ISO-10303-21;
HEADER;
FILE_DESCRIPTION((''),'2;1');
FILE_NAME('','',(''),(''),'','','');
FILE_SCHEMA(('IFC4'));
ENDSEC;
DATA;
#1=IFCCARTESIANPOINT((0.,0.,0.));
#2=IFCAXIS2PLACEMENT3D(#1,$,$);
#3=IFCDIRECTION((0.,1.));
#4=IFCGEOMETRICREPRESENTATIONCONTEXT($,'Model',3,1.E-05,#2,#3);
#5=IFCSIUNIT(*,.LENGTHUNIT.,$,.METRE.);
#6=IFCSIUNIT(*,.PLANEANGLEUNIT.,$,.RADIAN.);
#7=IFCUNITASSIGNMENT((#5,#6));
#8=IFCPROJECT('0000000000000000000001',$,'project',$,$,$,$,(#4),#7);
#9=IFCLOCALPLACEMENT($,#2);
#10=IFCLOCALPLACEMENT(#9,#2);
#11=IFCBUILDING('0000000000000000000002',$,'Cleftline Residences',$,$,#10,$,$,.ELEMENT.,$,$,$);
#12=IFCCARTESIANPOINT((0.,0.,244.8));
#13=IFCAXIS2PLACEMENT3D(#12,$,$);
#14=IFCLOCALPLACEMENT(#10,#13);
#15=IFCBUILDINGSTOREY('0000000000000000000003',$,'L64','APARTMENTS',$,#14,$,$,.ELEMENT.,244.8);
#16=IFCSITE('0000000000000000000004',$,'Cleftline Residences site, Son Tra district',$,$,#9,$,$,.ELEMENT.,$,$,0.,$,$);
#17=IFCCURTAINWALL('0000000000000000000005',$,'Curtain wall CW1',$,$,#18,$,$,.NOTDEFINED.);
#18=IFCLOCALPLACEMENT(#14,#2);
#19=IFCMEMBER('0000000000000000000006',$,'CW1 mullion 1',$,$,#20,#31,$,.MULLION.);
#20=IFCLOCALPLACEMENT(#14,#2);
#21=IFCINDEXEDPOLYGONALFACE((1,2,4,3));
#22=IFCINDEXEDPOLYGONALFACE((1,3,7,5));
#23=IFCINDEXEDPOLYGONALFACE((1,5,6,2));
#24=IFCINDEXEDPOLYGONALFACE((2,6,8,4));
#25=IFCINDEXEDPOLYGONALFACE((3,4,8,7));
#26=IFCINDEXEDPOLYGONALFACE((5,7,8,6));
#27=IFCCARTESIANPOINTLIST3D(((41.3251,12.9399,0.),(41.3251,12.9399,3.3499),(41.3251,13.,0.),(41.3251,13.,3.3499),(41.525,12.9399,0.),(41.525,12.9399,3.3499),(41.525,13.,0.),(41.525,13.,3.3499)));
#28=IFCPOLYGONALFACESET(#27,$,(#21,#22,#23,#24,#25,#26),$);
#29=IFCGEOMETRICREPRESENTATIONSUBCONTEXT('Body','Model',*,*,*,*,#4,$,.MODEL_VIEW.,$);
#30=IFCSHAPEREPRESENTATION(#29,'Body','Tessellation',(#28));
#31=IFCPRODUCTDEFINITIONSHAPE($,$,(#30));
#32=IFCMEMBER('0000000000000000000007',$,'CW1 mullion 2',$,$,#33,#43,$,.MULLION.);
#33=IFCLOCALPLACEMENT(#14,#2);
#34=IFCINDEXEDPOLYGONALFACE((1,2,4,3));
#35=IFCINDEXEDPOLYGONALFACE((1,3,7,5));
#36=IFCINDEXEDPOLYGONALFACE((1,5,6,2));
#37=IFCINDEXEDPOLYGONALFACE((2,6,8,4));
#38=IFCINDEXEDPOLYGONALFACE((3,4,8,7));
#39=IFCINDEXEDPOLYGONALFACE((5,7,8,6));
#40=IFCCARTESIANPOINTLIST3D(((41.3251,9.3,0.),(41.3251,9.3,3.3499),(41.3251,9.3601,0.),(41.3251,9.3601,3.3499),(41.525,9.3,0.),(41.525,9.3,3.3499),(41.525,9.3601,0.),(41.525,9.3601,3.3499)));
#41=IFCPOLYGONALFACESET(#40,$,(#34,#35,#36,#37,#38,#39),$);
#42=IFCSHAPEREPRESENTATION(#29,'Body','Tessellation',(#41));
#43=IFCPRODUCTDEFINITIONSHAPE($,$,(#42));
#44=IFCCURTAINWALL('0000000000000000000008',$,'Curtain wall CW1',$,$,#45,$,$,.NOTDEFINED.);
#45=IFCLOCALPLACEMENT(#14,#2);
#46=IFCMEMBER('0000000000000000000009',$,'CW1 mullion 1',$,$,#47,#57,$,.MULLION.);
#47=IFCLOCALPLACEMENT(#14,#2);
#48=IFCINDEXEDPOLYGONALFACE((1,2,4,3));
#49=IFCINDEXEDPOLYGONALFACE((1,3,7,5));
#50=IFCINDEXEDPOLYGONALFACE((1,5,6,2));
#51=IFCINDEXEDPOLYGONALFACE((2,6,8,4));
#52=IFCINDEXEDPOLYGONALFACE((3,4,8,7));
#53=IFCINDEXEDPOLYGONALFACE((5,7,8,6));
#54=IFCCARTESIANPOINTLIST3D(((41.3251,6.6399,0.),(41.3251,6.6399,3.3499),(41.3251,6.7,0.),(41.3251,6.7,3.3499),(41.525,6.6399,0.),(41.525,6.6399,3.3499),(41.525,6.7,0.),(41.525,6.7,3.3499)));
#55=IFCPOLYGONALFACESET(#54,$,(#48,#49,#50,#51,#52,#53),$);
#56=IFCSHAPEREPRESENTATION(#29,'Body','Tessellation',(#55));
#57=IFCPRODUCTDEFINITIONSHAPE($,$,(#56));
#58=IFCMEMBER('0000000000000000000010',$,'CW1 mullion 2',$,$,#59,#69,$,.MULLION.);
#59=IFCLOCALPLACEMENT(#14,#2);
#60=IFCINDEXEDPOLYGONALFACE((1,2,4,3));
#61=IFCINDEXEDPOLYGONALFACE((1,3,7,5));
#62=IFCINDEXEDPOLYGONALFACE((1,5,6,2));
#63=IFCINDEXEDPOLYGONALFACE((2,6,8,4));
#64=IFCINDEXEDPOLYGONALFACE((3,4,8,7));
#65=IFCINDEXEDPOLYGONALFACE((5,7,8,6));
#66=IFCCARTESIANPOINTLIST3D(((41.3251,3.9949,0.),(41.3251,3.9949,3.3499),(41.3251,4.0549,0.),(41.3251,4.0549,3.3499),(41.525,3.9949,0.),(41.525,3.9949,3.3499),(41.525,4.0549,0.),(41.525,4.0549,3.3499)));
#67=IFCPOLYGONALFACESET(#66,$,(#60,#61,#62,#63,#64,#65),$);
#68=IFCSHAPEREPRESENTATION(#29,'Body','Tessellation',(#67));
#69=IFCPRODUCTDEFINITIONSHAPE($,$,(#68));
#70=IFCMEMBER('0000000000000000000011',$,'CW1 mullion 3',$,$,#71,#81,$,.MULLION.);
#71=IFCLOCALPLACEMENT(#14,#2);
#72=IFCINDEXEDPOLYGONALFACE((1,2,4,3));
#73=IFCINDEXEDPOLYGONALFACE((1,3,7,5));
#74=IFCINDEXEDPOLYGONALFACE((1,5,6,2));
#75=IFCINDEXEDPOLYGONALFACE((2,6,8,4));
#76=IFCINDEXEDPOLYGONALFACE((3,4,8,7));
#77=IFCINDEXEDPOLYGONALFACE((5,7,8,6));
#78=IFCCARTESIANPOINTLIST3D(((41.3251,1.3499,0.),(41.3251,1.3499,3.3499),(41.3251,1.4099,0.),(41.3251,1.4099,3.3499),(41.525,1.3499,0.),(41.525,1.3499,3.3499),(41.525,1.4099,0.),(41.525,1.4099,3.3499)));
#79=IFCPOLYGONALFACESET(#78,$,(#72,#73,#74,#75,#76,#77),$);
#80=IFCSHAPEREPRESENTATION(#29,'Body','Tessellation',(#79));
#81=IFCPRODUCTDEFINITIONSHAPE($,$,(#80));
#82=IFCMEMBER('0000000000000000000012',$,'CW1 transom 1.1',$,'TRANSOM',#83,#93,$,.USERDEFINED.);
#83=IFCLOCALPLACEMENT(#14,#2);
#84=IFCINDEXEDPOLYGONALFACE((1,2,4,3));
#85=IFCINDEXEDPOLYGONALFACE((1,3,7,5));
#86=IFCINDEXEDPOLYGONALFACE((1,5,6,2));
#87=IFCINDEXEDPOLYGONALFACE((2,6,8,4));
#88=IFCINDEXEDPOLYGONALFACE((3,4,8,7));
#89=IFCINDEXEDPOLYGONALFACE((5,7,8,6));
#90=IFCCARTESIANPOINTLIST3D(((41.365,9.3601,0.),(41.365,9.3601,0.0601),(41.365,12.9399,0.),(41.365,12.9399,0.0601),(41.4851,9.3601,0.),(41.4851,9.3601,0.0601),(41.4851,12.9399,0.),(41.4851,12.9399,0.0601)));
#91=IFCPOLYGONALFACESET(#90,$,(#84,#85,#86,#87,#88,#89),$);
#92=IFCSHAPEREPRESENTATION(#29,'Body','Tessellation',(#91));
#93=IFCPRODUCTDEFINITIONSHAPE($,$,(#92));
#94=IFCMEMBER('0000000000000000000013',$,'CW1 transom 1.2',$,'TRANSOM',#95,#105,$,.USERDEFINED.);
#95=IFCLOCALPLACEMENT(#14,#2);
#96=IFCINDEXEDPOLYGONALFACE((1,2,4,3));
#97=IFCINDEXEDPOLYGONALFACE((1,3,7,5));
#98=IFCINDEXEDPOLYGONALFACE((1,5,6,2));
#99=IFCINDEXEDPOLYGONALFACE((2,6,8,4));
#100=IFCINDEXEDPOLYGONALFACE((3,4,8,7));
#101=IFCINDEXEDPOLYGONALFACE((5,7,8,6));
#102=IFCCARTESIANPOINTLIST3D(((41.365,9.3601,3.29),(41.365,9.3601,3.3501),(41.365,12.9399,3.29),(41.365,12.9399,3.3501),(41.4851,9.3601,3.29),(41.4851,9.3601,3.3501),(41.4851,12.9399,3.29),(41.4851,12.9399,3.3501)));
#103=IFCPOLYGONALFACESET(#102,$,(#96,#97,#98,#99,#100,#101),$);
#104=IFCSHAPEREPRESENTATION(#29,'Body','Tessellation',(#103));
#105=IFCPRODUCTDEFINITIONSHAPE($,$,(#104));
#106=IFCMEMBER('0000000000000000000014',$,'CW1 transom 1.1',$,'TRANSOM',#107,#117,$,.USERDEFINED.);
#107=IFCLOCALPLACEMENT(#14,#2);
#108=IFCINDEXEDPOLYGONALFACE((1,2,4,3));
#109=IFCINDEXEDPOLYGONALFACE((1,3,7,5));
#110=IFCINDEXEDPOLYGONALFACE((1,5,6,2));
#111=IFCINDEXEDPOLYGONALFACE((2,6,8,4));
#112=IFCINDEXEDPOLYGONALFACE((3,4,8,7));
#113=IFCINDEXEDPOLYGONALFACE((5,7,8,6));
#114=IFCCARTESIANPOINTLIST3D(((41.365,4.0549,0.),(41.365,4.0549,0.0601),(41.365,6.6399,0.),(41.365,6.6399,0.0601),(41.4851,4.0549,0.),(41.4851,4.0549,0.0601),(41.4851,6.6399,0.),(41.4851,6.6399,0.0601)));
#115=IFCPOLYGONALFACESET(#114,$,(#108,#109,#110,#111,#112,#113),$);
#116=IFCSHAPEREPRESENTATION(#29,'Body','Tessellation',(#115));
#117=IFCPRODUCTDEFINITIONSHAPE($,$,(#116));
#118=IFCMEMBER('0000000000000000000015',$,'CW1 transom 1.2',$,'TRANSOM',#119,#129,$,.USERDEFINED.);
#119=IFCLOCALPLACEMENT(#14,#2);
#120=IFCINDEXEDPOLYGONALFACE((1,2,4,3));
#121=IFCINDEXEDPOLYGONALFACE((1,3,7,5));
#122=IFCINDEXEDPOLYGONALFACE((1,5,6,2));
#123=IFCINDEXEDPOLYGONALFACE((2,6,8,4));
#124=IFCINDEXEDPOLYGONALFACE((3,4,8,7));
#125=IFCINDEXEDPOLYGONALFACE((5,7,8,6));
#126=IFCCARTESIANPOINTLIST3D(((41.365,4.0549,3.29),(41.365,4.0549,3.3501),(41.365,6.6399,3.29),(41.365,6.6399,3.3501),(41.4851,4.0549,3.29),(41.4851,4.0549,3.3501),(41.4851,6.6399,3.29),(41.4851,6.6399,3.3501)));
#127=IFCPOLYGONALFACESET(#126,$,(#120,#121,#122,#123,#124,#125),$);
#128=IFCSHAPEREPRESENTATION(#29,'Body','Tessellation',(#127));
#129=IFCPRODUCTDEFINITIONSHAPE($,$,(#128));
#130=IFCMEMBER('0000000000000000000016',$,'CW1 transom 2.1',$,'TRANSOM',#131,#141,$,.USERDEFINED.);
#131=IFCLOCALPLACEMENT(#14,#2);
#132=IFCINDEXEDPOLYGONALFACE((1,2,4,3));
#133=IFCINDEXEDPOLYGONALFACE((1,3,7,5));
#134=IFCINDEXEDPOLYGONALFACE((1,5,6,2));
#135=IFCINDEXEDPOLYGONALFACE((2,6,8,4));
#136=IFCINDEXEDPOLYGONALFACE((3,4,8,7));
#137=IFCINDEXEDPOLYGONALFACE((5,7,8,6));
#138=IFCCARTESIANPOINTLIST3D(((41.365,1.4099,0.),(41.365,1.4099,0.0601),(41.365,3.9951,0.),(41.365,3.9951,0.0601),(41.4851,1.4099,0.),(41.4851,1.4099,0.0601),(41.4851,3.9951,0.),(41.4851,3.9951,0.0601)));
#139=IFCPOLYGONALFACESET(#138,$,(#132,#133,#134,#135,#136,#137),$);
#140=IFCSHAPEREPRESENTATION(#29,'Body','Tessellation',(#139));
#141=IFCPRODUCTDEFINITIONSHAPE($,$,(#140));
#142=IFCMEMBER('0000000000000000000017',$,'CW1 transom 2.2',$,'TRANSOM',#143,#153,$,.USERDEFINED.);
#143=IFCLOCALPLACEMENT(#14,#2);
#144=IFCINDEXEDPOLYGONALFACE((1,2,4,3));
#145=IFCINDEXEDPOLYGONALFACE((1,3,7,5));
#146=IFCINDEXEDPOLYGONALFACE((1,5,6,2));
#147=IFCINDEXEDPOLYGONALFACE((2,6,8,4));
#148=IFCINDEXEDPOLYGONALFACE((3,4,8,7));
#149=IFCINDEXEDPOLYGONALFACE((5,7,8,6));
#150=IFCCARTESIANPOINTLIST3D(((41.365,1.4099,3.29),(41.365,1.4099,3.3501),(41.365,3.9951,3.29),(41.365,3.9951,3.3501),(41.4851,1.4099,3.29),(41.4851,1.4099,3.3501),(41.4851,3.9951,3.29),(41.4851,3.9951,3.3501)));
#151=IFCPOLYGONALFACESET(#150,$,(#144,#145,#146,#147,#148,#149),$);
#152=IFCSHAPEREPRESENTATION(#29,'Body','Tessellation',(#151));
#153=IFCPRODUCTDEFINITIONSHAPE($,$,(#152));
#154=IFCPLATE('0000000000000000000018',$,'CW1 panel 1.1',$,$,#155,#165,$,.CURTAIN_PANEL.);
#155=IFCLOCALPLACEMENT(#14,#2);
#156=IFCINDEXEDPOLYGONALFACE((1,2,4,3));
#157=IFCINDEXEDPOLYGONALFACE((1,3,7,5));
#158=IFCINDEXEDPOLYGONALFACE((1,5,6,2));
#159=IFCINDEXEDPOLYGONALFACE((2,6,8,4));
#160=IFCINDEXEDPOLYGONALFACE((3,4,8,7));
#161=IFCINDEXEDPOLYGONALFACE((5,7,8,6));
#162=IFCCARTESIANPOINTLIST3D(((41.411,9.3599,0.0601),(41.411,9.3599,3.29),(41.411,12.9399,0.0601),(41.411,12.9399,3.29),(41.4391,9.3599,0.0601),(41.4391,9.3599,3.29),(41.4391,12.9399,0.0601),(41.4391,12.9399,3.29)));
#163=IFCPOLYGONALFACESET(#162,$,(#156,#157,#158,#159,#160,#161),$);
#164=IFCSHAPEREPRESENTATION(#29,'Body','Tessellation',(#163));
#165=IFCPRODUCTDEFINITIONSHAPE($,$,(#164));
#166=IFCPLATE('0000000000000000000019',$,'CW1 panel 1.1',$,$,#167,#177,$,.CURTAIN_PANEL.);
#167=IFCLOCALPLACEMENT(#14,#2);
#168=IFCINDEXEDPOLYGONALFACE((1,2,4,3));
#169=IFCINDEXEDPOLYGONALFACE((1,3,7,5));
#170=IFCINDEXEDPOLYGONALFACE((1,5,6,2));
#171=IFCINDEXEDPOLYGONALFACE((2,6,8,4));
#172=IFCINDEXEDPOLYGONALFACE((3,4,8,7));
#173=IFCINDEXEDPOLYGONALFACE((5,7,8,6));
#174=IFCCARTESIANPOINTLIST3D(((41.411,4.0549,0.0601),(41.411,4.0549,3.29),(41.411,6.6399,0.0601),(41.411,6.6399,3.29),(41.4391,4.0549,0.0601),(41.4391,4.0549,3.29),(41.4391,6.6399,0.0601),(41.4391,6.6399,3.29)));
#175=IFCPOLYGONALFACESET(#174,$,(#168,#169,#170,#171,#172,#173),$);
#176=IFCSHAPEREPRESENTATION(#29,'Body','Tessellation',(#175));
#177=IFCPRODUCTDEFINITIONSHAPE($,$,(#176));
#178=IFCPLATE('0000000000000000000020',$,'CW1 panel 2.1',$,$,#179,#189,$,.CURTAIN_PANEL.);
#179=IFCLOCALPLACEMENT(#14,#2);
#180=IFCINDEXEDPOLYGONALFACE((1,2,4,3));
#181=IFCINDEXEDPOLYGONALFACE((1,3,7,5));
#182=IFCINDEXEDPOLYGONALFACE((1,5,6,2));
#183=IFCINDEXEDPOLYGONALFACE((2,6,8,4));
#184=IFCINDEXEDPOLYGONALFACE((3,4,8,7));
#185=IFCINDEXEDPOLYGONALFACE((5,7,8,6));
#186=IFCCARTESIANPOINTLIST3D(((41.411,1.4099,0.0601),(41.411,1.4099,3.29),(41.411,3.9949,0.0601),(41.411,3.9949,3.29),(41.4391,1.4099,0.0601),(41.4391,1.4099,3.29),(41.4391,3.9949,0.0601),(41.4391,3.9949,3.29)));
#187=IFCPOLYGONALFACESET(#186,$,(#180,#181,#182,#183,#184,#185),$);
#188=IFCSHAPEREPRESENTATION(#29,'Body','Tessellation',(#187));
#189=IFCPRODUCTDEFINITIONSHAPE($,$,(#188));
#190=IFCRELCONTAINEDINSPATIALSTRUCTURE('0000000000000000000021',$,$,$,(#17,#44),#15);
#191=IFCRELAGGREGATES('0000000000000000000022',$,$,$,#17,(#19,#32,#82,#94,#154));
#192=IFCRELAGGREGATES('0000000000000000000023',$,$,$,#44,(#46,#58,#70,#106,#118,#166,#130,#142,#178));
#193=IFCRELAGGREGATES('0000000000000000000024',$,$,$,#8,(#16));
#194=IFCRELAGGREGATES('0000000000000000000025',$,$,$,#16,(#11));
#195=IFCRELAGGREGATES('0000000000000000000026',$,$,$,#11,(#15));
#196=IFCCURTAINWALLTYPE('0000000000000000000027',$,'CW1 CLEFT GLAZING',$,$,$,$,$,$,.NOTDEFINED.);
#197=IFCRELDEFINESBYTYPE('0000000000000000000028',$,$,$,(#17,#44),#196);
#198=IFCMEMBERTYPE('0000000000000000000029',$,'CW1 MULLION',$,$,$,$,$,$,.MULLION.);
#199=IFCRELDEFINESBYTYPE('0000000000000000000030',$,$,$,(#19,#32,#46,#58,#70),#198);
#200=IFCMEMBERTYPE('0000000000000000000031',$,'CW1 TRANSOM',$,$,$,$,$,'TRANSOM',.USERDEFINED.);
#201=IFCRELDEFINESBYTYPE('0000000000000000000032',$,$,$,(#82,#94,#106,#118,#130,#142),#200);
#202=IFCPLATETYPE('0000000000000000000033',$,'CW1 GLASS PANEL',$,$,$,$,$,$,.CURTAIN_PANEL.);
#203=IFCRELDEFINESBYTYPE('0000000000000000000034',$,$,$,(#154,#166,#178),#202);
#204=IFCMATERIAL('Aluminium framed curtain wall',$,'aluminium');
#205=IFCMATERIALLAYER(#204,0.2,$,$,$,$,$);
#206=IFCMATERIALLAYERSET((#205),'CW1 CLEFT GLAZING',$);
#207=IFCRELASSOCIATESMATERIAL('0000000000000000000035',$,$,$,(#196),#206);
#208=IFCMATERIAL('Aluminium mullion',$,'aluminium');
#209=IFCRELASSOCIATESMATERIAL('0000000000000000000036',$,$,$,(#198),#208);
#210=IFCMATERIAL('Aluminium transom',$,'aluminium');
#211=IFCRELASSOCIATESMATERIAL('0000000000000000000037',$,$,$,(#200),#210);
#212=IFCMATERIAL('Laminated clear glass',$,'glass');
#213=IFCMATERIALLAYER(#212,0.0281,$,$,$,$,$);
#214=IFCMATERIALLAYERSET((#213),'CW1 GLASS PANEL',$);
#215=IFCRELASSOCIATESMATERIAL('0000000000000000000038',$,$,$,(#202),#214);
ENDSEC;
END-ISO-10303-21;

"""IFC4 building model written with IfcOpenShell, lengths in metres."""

from ifc_helpers import new_model, si_unit, direction, frame, origin, origin_2d, place, context, subcontext, project, spatial, rectangle, extrude, material, layer, layer_set, material_profile, profile_set, type_object, element, aggregate, save


model = new_model("IFC4")

# Units and contexts
model_context = context("Model", 3, precision=1e-05, world=origin(), true_north=direction((0.0, 1.0)))
body_context = subcontext(model_context, "Body", "Model", "MODEL_VIEW")
ifc_project = project(units=[si_unit("LENGTHUNIT", "METRE"), si_unit("PLANEANGLEUNIT", "RADIAN")], contexts=[model_context])

# Site, building, storey
site_placement = place(None, origin())
site = spatial("IfcSite", under=ifc_project, at=site_placement, Name="Cleftline Residences site, Son Tra district", CompositionType="ELEMENT", RefElevation=0.0)
building_placement = place(site_placement, origin())
building = spatial("IfcBuilding", under=site, at=building_placement, Name="Cleftline Residences", CompositionType="ELEMENT")
storey_placement = place(building_placement, frame((0.0, 0.0, 244.8)))
storey = spatial("IfcBuildingStorey", under=building, at=storey_placement, Name="L64", Description="APARTMENTS", CompositionType="ELEMENT", Elevation=244.8)

# Curtain walls, members
ifc_material_1 = material(Name="Aluminium framed curtain wall", Category="aluminium")
ifc_layer_1 = layer(ifc_material_1, 0.2)
ifc_layer_set_1 = layer_set([ifc_layer_1], Name="CW1 CLEFT GLAZING")
curtain_wall_type = type_object("IfcCurtainWallType", Name="CW1 CLEFT GLAZING", PredefinedType="NOTDEFINED", material=ifc_layer_set_1)
curtain_wall_1_placement = place(storey_placement, origin())
curtain_wall_1 = element("IfcCurtainWall", 1, at=curtain_wall_1_placement, inside=storey, type_object=curtain_wall_type, Name="Curtain wall CW1", PredefinedType="NOTDEFINED")
ifc_material_2 = material(Name="Aluminium mullion", Category="aluminium")
ifc_material_profile_1 = material_profile(ifc_material_2, rectangle(XDim=0.2, YDim=0.0601, at=origin_2d()))
ifc_profile_set_1 = profile_set([ifc_material_profile_1], Name="Aluminium mullion")
member_type_1 = type_object("IfcMemberType", Name="CW1 MULLION", PredefinedType="MULLION", material=ifc_profile_set_1)
member_1_placement = place(storey_placement, frame((41.425, 12.97, 0.0), z_axis=(0.0, 0.0, 1.0), x_axis=(1.0, 0.0, 0.0)))
member_1 = element("IfcMember", 2, at=member_1_placement, type_object=member_type_1, Name="CW1 mullion 1", PredefinedType="MULLION", context=body_context, shape_type="SweptSolid", body=[
    extrude(rectangle(XDim=0.2, YDim=0.0601, at=origin_2d()), origin(), (0.0, 0.0, 1.0), 3.3499),
])
member_2_placement = place(storey_placement, frame((41.425, 9.3301, 0.0), z_axis=(0.0, 0.0, 1.0), x_axis=(1.0, 0.0, 0.0)))
member_2 = element("IfcMember", 3, at=member_2_placement, type_object=member_type_1, Name="CW1 mullion 2", PredefinedType="MULLION", context=body_context, shape_type="SweptSolid", body=[
    extrude(rectangle(XDim=0.2, YDim=0.0601, at=origin_2d()), origin(), (0.0, 0.0, 1.0), 3.3499),
])
curtain_wall_2_placement = place(storey_placement, origin())
curtain_wall_2 = element("IfcCurtainWall", 4, at=curtain_wall_2_placement, inside=storey, type_object=curtain_wall_type, Name="Curtain wall CW1", PredefinedType="NOTDEFINED")
member_3_placement = place(storey_placement, frame((41.425, 6.6699, 0.0), z_axis=(0.0, 0.0, 1.0), x_axis=(1.0, 0.0, 0.0)))
member_3 = element("IfcMember", 5, at=member_3_placement, type_object=member_type_1, Name="CW1 mullion 1", PredefinedType="MULLION", context=body_context, shape_type="SweptSolid", body=[
    extrude(rectangle(XDim=0.2, YDim=0.0601, at=origin_2d()), origin(), (0.0, 0.0, 1.0), 3.3499),
])
member_4_placement = place(storey_placement, frame((41.425, 4.0249, 0.0), z_axis=(0.0, 0.0, 1.0), x_axis=(1.0, 0.0, 0.0)))
member_4 = element("IfcMember", 6, at=member_4_placement, type_object=member_type_1, Name="CW1 mullion 2", PredefinedType="MULLION", context=body_context, shape_type="SweptSolid", body=[
    extrude(rectangle(XDim=0.2, YDim=0.0601, at=origin_2d()), origin(), (0.0, 0.0, 1.0), 3.3499),
])
member_5_placement = place(storey_placement, frame((41.425, 1.3799, 0.0), z_axis=(0.0, 0.0, 1.0), x_axis=(1.0, 0.0, 0.0)))
member_5 = element("IfcMember", 7, at=member_5_placement, type_object=member_type_1, Name="CW1 mullion 3", PredefinedType="MULLION", context=body_context, shape_type="SweptSolid", body=[
    extrude(rectangle(XDim=0.2, YDim=0.0601, at=origin_2d()), origin(), (0.0, 0.0, 1.0), 3.3499),
])

# Members
ifc_material_3 = material(Name="Aluminium transom", Category="aluminium")
ifc_material_profile_2 = material_profile(ifc_material_3, rectangle(XDim=0.1201, YDim=0.0601, at=origin_2d()))
ifc_profile_set_2 = profile_set([ifc_material_profile_2], Name="Aluminium transom")
member_type_2 = type_object("IfcMemberType", Name="CW1 TRANSOM", ElementType="TRANSOM", PredefinedType="USERDEFINED", material=ifc_profile_set_2)
member_6_placement = place(storey_placement, frame((41.425, 12.9399, 0.03), z_axis=(0.0, -1.0, 0.0), x_axis=(1.0, 0.0, 0.0)))
member_6 = element("IfcMember", 8, at=member_6_placement, type_object=member_type_2, Name="CW1 transom 1.1", ObjectType="TRANSOM", PredefinedType="USERDEFINED", context=body_context, shape_type="SweptSolid", body=[
    extrude(rectangle(XDim=0.1201, YDim=0.0601, at=origin_2d()), origin(), (0.0, 0.0, 1.0), 3.5798),
])
member_7_placement = place(storey_placement, frame((41.425, 12.9399, 3.3201), z_axis=(0.0, -1.0, 0.0), x_axis=(1.0, 0.0, 0.0)))
member_7 = element("IfcMember", 9, at=member_7_placement, type_object=member_type_2, Name="CW1 transom 1.2", ObjectType="TRANSOM", PredefinedType="USERDEFINED", context=body_context, shape_type="SweptSolid", body=[
    extrude(rectangle(XDim=0.1201, YDim=0.0601, at=origin_2d()), origin(), (0.0, 0.0, 1.0), 3.5798),
])
member_8_placement = place(storey_placement, frame((41.425, 6.6399, 0.03), z_axis=(0.0, -1.0, 0.0), x_axis=(1.0, 0.0, 0.0)))
member_8 = element("IfcMember", 10, at=member_8_placement, type_object=member_type_2, Name="CW1 transom 1.1", ObjectType="TRANSOM", PredefinedType="USERDEFINED", context=body_context, shape_type="SweptSolid", body=[
    extrude(rectangle(XDim=0.1201, YDim=0.0601, at=origin_2d()), origin(), (0.0, 0.0, 1.0), 2.585),
])
member_9_placement = place(storey_placement, frame((41.425, 6.6399, 3.3201), z_axis=(0.0, -1.0, 0.0), x_axis=(1.0, 0.0, 0.0)))
member_9 = element("IfcMember", 11, at=member_9_placement, type_object=member_type_2, Name="CW1 transom 1.2", ObjectType="TRANSOM", PredefinedType="USERDEFINED", context=body_context, shape_type="SweptSolid", body=[
    extrude(rectangle(XDim=0.1201, YDim=0.0601, at=origin_2d()), origin(), (0.0, 0.0, 1.0), 2.585),
])
member_10_placement = place(storey_placement, frame((41.425, 3.9951, 0.03), z_axis=(0.0, -1.0, 0.0), x_axis=(1.0, 0.0, 0.0)))
member_10 = element("IfcMember", 12, at=member_10_placement, type_object=member_type_2, Name="CW1 transom 2.1", ObjectType="TRANSOM", PredefinedType="USERDEFINED", context=body_context, shape_type="SweptSolid", body=[
    extrude(rectangle(XDim=0.1201, YDim=0.0601, at=origin_2d()), origin(), (0.0, 0.0, 1.0), 2.5852),
])
member_11_placement = place(storey_placement, frame((41.425, 3.9951, 3.3201), z_axis=(0.0, -1.0, 0.0), x_axis=(1.0, 0.0, 0.0)))
member_11 = element("IfcMember", 13, at=member_11_placement, type_object=member_type_2, Name="CW1 transom 2.2", ObjectType="TRANSOM", PredefinedType="USERDEFINED", context=body_context, shape_type="SweptSolid", body=[
    extrude(rectangle(XDim=0.1201, YDim=0.0601, at=origin_2d()), origin(), (0.0, 0.0, 1.0), 2.5852),
])

# Plates
ifc_material_4 = material(Name="Laminated clear glass", Category="glass")
ifc_layer_2 = layer(ifc_material_4, 0.0281)
ifc_layer_set_2 = layer_set([ifc_layer_2], Name="CW1 GLASS PANEL")
plate_type = type_object("IfcPlateType", Name="CW1 GLASS PANEL", PredefinedType="CURTAIN_PANEL", material=ifc_layer_set_2)
plate_1_placement = place(storey_placement, frame((41.425, 11.1499, 0.0601), z_axis=(0.0, 0.0, 1.0), x_axis=(0.0, -1.0, 0.0)))
plate_1 = element("IfcPlate", 14, at=plate_1_placement, type_object=plate_type, Name="CW1 panel 1.1", PredefinedType="CURTAIN_PANEL", context=body_context, shape_type="SweptSolid", body=[
    extrude(rectangle(XDim=3.5801, YDim=0.0281, at=origin_2d()), origin(), (0.0, 0.0, 1.0), 3.23),
])
aggregate(curtain_wall_1, [member_1, member_2, member_6, member_7, plate_1])
plate_2_placement = place(storey_placement, frame((41.425, 5.3474, 0.0601), z_axis=(0.0, 0.0, 1.0), x_axis=(0.0, -1.0, 0.0)))
plate_2 = element("IfcPlate", 15, at=plate_2_placement, type_object=plate_type, Name="CW1 panel 1.1", PredefinedType="CURTAIN_PANEL", context=body_context, shape_type="SweptSolid", body=[
    extrude(rectangle(XDim=2.585, YDim=0.0281, at=origin_2d()), origin(), (0.0, 0.0, 1.0), 3.23),
])
plate_3_placement = place(storey_placement, frame((41.425, 2.7024, 0.0601), z_axis=(0.0, 0.0, 1.0), x_axis=(0.0, -1.0, 0.0)))
plate_3 = element("IfcPlate", 16, at=plate_3_placement, type_object=plate_type, Name="CW1 panel 2.1", PredefinedType="CURTAIN_PANEL", context=body_context, shape_type="SweptSolid", body=[
    extrude(rectangle(XDim=2.585, YDim=0.0281, at=origin_2d()), origin(), (0.0, 0.0, 1.0), 3.23),
])
aggregate(curtain_wall_2, [member_3, member_4, member_5, member_8, member_9, plate_2, member_10, member_11, plate_3])

save(model, "model.ifc")
